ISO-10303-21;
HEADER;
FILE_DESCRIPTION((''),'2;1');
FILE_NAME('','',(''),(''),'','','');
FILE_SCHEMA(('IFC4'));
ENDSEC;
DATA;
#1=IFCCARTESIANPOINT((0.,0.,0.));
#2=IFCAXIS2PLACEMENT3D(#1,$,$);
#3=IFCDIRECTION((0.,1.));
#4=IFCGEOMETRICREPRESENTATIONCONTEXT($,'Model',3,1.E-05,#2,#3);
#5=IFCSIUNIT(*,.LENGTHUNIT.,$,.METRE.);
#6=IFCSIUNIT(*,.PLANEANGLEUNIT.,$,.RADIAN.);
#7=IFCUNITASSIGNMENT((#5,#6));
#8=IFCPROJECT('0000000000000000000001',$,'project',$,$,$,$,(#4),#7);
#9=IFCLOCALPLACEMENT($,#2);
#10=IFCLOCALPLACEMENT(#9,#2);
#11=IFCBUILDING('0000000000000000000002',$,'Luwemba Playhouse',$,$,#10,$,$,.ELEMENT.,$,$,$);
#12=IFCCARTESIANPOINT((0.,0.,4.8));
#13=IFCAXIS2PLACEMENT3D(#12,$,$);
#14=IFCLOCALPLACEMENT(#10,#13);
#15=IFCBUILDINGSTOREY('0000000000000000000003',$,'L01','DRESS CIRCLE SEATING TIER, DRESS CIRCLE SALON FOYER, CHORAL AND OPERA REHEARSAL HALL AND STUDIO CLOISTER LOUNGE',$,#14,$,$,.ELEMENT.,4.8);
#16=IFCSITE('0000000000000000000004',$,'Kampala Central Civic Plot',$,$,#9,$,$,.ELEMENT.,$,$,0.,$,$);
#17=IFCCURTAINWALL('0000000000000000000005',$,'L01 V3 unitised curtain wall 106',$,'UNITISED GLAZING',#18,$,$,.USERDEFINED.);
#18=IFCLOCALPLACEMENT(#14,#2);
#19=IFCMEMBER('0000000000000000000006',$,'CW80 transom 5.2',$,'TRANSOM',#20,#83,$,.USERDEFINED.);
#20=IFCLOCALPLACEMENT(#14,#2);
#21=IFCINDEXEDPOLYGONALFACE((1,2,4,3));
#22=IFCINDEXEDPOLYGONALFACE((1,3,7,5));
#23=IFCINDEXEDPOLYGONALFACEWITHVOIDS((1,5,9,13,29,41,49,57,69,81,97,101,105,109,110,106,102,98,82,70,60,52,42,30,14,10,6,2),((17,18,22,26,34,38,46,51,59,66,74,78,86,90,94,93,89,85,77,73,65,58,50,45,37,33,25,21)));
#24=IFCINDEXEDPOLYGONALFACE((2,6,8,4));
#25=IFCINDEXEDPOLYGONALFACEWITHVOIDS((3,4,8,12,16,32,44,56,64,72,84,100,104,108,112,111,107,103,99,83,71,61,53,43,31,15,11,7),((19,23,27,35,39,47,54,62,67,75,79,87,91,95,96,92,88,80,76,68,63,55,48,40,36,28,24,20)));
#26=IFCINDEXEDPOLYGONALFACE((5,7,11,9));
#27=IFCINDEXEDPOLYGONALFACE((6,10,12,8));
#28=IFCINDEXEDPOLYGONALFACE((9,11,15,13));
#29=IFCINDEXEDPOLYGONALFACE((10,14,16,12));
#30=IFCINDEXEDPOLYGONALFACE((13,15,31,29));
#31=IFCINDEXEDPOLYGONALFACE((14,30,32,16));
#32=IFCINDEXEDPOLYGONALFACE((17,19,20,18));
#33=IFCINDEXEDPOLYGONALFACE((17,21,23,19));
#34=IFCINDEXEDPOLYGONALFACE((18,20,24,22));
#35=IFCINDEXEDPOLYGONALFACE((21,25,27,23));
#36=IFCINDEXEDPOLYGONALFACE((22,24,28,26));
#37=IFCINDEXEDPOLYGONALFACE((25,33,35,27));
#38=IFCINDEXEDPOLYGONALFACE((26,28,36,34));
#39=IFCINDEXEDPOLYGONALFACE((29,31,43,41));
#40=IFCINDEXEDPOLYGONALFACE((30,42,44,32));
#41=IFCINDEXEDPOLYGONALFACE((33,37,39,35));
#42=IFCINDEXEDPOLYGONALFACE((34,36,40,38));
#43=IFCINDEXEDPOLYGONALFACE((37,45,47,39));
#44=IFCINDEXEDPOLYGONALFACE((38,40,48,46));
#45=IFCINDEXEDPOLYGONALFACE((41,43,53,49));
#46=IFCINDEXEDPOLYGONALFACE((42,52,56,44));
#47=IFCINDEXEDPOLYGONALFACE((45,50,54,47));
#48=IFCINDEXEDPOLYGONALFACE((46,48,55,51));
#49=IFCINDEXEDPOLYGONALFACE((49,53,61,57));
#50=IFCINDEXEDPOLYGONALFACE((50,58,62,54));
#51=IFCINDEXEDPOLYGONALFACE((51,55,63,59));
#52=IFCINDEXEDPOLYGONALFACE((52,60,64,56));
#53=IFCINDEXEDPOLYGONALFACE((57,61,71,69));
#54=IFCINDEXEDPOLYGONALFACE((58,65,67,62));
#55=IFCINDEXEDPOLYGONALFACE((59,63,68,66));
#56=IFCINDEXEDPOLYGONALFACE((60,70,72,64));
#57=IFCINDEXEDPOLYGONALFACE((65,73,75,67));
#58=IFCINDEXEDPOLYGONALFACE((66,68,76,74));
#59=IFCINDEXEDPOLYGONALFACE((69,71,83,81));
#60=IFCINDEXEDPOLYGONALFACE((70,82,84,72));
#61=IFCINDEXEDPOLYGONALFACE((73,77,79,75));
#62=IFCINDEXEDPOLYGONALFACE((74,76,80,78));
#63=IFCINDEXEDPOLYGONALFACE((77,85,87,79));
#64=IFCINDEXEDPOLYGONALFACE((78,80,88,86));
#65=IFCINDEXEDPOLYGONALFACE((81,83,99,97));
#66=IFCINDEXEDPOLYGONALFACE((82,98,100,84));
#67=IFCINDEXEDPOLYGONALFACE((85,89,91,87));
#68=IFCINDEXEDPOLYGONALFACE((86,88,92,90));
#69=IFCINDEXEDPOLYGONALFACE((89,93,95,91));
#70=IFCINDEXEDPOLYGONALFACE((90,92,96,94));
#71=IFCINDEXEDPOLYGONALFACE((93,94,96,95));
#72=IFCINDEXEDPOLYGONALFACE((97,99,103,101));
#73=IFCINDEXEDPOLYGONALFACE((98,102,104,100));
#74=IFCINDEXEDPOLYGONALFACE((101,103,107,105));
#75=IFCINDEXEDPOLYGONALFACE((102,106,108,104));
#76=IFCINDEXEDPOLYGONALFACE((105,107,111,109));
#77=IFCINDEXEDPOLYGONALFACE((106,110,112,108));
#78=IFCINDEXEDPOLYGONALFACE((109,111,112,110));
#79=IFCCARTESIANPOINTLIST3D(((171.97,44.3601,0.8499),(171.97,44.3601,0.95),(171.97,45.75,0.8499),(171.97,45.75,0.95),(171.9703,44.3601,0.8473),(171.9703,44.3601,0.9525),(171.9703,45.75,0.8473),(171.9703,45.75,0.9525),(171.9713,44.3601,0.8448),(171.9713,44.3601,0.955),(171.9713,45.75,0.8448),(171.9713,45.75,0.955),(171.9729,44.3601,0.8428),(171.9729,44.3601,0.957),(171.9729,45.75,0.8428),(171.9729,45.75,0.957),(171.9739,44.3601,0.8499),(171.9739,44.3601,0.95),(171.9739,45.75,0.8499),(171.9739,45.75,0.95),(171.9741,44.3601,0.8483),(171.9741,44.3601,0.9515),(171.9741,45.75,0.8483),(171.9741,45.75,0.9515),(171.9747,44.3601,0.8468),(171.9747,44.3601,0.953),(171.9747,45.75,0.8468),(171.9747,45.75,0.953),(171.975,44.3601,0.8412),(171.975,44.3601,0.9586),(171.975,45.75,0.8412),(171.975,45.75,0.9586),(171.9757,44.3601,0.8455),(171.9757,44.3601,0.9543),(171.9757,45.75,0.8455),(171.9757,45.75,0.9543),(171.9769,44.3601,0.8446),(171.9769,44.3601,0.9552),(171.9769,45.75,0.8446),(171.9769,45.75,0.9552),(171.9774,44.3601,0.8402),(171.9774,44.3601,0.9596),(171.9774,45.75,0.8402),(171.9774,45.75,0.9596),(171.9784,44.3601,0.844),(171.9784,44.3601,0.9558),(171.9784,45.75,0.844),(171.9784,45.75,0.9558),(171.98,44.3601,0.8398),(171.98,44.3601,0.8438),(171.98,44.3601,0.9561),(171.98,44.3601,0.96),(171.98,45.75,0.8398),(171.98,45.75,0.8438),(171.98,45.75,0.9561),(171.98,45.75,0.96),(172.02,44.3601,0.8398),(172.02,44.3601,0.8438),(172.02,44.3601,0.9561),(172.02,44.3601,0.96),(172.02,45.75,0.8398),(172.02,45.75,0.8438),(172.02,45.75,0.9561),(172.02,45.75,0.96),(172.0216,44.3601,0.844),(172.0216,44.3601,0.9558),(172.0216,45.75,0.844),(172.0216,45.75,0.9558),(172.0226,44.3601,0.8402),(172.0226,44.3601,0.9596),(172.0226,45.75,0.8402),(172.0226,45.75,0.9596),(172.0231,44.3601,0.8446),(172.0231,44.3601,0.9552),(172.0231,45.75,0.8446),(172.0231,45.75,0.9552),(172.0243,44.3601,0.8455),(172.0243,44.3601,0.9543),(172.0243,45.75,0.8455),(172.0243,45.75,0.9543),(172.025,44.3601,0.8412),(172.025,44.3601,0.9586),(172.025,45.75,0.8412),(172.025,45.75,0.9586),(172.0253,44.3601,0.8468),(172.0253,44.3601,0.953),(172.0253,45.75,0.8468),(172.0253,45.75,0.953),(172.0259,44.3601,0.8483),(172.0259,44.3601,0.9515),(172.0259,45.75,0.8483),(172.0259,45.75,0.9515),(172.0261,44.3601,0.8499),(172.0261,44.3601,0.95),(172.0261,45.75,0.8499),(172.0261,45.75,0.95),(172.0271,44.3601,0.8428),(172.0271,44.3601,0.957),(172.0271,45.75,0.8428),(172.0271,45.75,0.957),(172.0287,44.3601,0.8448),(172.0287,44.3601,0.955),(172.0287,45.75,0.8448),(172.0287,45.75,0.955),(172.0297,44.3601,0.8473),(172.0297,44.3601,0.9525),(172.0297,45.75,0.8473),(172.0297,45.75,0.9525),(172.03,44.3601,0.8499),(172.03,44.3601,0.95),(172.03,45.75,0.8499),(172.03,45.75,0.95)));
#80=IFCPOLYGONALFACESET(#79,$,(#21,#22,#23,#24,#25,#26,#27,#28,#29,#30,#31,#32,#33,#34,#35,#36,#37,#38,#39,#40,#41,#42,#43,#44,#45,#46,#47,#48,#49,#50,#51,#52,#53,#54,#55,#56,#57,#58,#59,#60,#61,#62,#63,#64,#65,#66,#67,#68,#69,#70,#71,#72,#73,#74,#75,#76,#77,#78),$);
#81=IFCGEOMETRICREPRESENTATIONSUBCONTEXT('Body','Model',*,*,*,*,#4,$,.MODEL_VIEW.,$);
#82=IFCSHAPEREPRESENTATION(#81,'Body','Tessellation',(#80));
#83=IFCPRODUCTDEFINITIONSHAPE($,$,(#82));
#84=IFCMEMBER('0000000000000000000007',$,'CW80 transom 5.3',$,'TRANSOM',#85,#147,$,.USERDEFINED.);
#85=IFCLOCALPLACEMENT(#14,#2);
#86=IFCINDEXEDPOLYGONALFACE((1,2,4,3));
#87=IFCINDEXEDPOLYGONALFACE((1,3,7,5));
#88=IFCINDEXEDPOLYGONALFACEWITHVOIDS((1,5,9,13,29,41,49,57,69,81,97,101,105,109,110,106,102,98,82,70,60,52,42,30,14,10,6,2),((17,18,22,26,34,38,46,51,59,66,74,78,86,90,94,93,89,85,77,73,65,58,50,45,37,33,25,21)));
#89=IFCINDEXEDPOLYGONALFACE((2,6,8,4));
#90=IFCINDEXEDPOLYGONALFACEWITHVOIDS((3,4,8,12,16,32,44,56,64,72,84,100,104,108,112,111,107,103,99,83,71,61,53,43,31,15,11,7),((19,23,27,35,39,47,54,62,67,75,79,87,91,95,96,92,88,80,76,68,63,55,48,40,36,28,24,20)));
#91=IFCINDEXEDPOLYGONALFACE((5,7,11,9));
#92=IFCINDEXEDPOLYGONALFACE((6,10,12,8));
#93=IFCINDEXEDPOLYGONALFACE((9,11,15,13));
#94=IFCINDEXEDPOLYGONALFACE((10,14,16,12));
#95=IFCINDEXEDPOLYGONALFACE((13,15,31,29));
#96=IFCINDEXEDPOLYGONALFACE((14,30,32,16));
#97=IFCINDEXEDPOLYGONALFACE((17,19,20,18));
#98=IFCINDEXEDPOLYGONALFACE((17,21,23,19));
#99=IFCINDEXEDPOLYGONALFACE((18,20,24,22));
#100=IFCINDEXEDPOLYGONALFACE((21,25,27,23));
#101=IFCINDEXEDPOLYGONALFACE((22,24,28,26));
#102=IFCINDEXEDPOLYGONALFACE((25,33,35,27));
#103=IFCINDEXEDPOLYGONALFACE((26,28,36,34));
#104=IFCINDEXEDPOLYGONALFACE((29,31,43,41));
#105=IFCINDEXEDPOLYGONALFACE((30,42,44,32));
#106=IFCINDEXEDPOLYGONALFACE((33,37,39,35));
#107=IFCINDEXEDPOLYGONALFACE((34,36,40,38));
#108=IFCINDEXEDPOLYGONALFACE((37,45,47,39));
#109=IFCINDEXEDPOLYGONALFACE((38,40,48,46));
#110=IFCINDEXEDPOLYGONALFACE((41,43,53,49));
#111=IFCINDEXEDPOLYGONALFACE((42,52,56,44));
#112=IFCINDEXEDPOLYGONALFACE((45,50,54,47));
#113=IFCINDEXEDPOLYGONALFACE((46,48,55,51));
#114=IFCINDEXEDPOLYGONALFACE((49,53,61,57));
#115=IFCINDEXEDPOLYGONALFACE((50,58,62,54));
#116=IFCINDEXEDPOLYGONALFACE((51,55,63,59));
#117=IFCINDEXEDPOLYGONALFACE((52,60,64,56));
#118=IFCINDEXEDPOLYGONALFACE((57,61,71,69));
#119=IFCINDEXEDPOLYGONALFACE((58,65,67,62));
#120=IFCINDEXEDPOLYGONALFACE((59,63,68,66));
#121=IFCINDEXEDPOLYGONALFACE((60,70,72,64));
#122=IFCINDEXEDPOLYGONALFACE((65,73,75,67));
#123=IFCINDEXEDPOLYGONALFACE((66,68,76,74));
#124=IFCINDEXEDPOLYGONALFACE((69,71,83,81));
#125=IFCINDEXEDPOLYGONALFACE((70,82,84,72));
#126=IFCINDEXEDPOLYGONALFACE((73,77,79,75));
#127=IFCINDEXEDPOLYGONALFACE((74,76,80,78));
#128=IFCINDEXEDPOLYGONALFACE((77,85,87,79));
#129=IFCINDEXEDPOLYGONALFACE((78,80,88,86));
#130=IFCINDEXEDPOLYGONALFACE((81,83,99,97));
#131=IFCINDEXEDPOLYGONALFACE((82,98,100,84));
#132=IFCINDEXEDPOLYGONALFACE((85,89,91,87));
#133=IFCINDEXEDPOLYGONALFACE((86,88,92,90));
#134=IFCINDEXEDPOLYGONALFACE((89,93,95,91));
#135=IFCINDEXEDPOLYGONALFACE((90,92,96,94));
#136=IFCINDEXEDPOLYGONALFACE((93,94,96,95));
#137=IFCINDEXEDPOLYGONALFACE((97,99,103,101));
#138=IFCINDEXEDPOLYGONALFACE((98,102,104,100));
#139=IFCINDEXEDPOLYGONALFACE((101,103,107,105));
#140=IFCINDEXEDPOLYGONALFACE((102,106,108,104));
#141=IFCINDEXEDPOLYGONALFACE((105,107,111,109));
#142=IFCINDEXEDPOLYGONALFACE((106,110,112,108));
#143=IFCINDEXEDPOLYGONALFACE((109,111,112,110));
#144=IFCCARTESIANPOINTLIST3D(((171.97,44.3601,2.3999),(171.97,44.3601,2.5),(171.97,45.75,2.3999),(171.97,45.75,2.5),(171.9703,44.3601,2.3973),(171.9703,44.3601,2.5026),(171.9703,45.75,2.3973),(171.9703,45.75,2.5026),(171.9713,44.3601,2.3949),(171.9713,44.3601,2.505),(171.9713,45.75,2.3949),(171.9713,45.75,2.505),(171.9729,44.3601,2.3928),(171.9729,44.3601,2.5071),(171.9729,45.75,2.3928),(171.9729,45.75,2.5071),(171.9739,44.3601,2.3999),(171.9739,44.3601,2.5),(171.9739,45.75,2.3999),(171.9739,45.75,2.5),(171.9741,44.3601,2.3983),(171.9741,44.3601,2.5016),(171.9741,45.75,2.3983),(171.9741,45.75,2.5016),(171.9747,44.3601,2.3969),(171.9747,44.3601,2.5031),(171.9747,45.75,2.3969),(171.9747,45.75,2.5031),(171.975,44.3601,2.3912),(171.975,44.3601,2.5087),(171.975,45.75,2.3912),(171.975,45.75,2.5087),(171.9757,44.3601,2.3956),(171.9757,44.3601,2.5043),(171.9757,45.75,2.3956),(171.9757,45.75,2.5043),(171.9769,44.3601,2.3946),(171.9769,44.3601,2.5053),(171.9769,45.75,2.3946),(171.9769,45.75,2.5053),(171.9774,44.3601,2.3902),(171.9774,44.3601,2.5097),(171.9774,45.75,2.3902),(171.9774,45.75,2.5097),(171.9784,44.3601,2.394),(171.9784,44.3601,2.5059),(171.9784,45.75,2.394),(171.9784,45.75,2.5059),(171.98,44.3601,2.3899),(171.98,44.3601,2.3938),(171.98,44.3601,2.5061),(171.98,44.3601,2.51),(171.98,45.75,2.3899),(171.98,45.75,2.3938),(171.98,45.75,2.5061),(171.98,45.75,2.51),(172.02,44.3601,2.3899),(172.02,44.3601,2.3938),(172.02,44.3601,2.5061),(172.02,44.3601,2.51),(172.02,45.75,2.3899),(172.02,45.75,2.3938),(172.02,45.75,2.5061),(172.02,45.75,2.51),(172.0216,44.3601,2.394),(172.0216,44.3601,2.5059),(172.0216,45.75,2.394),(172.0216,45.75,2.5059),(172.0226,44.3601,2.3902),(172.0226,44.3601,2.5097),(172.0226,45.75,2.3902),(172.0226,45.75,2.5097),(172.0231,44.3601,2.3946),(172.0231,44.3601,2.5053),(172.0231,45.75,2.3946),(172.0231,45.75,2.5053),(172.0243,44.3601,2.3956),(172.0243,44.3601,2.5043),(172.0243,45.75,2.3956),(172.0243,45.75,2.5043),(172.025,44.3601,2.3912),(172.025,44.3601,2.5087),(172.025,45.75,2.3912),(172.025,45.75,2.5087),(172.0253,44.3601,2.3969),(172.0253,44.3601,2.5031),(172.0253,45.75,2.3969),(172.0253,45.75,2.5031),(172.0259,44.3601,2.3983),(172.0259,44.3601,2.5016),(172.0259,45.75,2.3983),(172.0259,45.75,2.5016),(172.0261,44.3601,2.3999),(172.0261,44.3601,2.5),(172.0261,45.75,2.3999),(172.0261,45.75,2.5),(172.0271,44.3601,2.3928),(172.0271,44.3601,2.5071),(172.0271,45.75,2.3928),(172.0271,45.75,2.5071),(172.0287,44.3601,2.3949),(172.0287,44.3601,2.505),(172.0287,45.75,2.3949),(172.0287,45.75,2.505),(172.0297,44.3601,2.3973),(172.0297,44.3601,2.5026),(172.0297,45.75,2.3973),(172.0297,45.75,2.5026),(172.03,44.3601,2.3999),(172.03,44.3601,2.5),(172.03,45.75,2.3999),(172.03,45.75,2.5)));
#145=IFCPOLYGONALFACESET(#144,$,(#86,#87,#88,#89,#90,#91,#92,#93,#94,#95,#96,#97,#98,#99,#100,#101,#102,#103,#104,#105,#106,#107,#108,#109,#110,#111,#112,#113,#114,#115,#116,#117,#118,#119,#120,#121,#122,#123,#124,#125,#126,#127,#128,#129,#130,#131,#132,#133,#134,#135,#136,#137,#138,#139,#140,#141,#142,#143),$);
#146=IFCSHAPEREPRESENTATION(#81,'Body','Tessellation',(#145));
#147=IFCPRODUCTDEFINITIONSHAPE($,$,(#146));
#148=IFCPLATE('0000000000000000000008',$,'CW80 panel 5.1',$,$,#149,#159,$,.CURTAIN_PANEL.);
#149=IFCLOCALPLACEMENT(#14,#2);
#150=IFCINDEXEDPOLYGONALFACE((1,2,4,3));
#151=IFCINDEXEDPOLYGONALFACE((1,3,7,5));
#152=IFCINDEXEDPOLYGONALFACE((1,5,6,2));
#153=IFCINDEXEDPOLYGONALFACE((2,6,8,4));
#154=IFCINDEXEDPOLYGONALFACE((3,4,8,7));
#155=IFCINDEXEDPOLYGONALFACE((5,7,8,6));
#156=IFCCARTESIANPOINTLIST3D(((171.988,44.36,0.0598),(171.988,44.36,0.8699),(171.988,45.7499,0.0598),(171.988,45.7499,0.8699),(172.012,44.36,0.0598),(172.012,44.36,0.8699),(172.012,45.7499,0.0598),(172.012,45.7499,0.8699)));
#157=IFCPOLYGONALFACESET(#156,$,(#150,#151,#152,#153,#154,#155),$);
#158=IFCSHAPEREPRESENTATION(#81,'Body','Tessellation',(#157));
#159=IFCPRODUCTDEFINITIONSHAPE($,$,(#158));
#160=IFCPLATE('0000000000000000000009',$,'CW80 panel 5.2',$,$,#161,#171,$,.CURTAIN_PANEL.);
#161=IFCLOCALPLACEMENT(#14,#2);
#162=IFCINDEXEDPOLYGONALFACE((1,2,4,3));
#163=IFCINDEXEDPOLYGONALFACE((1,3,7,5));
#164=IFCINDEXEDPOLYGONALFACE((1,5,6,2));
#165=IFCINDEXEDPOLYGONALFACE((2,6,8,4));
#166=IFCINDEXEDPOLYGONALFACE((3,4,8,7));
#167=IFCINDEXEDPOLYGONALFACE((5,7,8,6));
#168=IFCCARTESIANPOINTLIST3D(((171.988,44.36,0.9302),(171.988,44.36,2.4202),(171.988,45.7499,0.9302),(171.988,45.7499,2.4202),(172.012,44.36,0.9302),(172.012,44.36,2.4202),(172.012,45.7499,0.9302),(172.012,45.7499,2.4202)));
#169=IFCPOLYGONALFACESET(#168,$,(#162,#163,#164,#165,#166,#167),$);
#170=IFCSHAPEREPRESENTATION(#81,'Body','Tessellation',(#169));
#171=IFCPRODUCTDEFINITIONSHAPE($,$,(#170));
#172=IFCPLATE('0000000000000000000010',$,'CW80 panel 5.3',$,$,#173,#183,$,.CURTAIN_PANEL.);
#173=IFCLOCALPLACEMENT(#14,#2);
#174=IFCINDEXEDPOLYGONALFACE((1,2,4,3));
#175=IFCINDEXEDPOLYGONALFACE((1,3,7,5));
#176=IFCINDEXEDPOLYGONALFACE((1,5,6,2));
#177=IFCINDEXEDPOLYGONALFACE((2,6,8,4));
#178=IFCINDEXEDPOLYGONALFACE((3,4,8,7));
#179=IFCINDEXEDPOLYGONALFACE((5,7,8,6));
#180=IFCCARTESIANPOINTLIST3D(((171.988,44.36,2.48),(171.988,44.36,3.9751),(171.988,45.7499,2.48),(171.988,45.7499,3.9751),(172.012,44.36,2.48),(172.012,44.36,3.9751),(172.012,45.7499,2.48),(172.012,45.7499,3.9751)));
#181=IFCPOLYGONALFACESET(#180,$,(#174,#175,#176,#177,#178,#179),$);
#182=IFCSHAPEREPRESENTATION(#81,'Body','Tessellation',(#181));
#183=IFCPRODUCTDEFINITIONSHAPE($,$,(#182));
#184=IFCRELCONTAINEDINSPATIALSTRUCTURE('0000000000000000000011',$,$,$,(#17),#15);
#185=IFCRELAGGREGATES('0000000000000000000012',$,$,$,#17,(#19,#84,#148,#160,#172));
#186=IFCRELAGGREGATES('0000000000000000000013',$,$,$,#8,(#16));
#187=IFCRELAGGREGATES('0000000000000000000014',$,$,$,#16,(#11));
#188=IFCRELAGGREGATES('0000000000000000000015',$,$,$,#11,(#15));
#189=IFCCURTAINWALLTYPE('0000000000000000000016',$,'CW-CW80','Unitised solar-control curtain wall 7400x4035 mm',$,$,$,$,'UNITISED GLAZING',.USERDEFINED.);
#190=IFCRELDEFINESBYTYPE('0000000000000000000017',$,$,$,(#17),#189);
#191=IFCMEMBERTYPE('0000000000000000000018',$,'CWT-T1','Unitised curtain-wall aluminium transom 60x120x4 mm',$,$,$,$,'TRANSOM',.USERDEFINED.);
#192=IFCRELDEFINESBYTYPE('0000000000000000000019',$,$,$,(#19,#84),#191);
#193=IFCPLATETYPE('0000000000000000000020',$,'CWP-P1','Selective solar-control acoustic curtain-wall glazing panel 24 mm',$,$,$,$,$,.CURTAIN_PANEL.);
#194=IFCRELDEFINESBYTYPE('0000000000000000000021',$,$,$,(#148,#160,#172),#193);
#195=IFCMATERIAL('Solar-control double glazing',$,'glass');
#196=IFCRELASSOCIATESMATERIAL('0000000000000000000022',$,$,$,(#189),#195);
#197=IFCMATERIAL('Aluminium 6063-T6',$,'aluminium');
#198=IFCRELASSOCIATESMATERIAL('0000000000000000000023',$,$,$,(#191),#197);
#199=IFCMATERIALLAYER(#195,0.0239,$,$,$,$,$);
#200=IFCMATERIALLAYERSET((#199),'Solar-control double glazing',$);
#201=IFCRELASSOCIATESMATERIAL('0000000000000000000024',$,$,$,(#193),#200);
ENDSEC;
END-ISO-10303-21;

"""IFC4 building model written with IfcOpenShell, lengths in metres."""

from ifc_helpers import new_model, si_unit, direction, frame, origin, origin_2d, place, context, subcontext, project, spatial, rectangle, hollow_rectangle, extrude, material, layer, layer_set, material_profile, profile_set, type_object, element, aggregate, save


model = new_model("IFC4")

# Units and contexts
model_context = context("Model", 3, precision=1e-05, world=origin(), true_north=direction((0.0, 1.0)))
body_context = subcontext(model_context, "Body", "Model", "MODEL_VIEW")
ifc_project = project(units=[si_unit("LENGTHUNIT", "METRE"), si_unit("PLANEANGLEUNIT", "RADIAN")], contexts=[model_context])

# Site, building, storey
site_placement = place(None, origin())
site = spatial("IfcSite", under=ifc_project, at=site_placement, Name="Kampala Central Civic Plot", CompositionType="ELEMENT", RefElevation=0.0)
building_placement = place(site_placement, origin())
building = spatial("IfcBuilding", under=site, at=building_placement, Name="Luwemba Playhouse", CompositionType="ELEMENT")
storey_placement = place(building_placement, frame((0.0, 0.0, 4.8)))
storey = spatial("IfcBuildingStorey", under=building, at=storey_placement, Name="L01", Description="DRESS CIRCLE SEATING TIER, DRESS CIRCLE SALON FOYER, CHORAL AND OPERA REHEARSAL HALL AND STUDIO CLOISTER LOUNGE", CompositionType="ELEMENT", Elevation=4.8)

# Curtain wall, members, plates
ifc_material_1 = material(Name="Solar-control double glazing", Category="glass")
curtain_wall_type = type_object("IfcCurtainWallType", Name="CW-CW80", Description="Unitised solar-control curtain wall 7400x4035 mm", ElementType="UNITISED GLAZING", PredefinedType="USERDEFINED", material=ifc_material_1)
curtain_wall_placement = place(storey_placement, origin())
curtain_wall = element("IfcCurtainWall", 1, at=curtain_wall_placement, inside=storey, type_object=curtain_wall_type, Name="L01 V3 unitised curtain wall 106", ObjectType="UNITISED GLAZING", PredefinedType="USERDEFINED")
ifc_material_2 = material(Name="Aluminium 6063-T6", Category="aluminium")
ifc_material_profile_1 = material_profile(ifc_material_2, hollow_rectangle(XDim=0.0601, YDim=0.1201, WallThickness=0.0039, InnerFilletRadius=0.0061, OuterFilletRadius=0.01, at=origin_2d()))
ifc_profile_set_1 = profile_set([ifc_material_profile_1], Name="Aluminium 6063-T6")
member_type_1 = type_object("IfcMemberType", Name="CWT-T1", Description="Unitised curtain-wall aluminium transom 60x120x4 mm", ElementType="TRANSOM", PredefinedType="USERDEFINED", material=ifc_profile_set_1)
member_1_placement = place(storey_placement, frame((172.0, 45.75, 0.8999), z_axis=(0.0, -1.0, 0.0), x_axis=(1.0, 0.0, 0.0)))
member_1 = element("IfcMember", 2, at=member_1_placement, type_object=member_type_1, Name="CW80 transom 5.2", ObjectType="TRANSOM", PredefinedType="USERDEFINED", context=body_context, shape_type="SweptSolid", body=[
    extrude(hollow_rectangle(XDim=0.0601, YDim=0.1201, WallThickness=0.0039, InnerFilletRadius=0.0061, OuterFilletRadius=0.01, at=origin_2d()), origin(), (0.0, 0.0, 1.0), 1.3899),
])
member_2_placement = place(storey_placement, frame((172.0, 45.75, 2.45), z_axis=(0.0, -1.0, 0.0), x_axis=(1.0, 0.0, 0.0)))
member_2 = element("IfcMember", 3, at=member_2_placement, type_object=member_type_1, Name="CW80 transom 5.3", ObjectType="TRANSOM", PredefinedType="USERDEFINED", context=body_context, shape_type="SweptSolid", body=[
    extrude(hollow_rectangle(XDim=0.0601, YDim=0.1201, WallThickness=0.0039, InnerFilletRadius=0.0061, OuterFilletRadius=0.01, at=origin_2d()), origin(), (0.0, 0.0, 1.0), 1.3899),
])
ifc_layer_1 = layer(ifc_material_1, 0.0239)
ifc_layer_set_1 = layer_set([ifc_layer_1], Name="Solar-control double glazing")
plate_type = type_object("IfcPlateType", Name="CWP-P1", Description="Selective solar-control acoustic curtain-wall glazing panel 24 mm", PredefinedType="CURTAIN_PANEL", material=ifc_layer_set_1)
plate_1_placement = place(storey_placement, frame((172.0, 45.0549, 0.0598), z_axis=(0.0, 0.0, 1.0), x_axis=(0.0, -1.0, 0.0)))
plate_1 = element("IfcPlate", 4, at=plate_1_placement, type_object=plate_type, Name="CW80 panel 5.1", PredefinedType="CURTAIN_PANEL", context=body_context, shape_type="SweptSolid", body=[
    extrude(rectangle(XDim=1.3899, YDim=0.0239, at=origin_2d()), origin(), (0.0, 0.0, 1.0), 0.8101),
])
plate_2_placement = place(storey_placement, frame((172.0, 45.0549, 0.9302), z_axis=(0.0, 0.0, 1.0), x_axis=(0.0, -1.0, 0.0)))
plate_2 = element("IfcPlate", 5, at=plate_2_placement, type_object=plate_type, Name="CW80 panel 5.2", PredefinedType="CURTAIN_PANEL", context=body_context, shape_type="SweptSolid", body=[
    extrude(rectangle(XDim=1.3899, YDim=0.0239, at=origin_2d()), origin(), (0.0, 0.0, 1.0), 1.49),
])
plate_3_placement = place(storey_placement, frame((172.0, 45.0549, 2.48), z_axis=(0.0, 0.0, 1.0), x_axis=(0.0, -1.0, 0.0)))
plate_3 = element("IfcPlate", 6, at=plate_3_placement, type_object=plate_type, Name="CW80 panel 5.3", PredefinedType="CURTAIN_PANEL", context=body_context, shape_type="SweptSolid", body=[
    extrude(rectangle(XDim=1.3899, YDim=0.0239, at=origin_2d()), origin(), (0.0, 0.0, 1.0), 1.4951),
])
aggregate(curtain_wall, [member_1, member_2, plate_1, plate_2, plate_3])

save(model, "model.ifc")
